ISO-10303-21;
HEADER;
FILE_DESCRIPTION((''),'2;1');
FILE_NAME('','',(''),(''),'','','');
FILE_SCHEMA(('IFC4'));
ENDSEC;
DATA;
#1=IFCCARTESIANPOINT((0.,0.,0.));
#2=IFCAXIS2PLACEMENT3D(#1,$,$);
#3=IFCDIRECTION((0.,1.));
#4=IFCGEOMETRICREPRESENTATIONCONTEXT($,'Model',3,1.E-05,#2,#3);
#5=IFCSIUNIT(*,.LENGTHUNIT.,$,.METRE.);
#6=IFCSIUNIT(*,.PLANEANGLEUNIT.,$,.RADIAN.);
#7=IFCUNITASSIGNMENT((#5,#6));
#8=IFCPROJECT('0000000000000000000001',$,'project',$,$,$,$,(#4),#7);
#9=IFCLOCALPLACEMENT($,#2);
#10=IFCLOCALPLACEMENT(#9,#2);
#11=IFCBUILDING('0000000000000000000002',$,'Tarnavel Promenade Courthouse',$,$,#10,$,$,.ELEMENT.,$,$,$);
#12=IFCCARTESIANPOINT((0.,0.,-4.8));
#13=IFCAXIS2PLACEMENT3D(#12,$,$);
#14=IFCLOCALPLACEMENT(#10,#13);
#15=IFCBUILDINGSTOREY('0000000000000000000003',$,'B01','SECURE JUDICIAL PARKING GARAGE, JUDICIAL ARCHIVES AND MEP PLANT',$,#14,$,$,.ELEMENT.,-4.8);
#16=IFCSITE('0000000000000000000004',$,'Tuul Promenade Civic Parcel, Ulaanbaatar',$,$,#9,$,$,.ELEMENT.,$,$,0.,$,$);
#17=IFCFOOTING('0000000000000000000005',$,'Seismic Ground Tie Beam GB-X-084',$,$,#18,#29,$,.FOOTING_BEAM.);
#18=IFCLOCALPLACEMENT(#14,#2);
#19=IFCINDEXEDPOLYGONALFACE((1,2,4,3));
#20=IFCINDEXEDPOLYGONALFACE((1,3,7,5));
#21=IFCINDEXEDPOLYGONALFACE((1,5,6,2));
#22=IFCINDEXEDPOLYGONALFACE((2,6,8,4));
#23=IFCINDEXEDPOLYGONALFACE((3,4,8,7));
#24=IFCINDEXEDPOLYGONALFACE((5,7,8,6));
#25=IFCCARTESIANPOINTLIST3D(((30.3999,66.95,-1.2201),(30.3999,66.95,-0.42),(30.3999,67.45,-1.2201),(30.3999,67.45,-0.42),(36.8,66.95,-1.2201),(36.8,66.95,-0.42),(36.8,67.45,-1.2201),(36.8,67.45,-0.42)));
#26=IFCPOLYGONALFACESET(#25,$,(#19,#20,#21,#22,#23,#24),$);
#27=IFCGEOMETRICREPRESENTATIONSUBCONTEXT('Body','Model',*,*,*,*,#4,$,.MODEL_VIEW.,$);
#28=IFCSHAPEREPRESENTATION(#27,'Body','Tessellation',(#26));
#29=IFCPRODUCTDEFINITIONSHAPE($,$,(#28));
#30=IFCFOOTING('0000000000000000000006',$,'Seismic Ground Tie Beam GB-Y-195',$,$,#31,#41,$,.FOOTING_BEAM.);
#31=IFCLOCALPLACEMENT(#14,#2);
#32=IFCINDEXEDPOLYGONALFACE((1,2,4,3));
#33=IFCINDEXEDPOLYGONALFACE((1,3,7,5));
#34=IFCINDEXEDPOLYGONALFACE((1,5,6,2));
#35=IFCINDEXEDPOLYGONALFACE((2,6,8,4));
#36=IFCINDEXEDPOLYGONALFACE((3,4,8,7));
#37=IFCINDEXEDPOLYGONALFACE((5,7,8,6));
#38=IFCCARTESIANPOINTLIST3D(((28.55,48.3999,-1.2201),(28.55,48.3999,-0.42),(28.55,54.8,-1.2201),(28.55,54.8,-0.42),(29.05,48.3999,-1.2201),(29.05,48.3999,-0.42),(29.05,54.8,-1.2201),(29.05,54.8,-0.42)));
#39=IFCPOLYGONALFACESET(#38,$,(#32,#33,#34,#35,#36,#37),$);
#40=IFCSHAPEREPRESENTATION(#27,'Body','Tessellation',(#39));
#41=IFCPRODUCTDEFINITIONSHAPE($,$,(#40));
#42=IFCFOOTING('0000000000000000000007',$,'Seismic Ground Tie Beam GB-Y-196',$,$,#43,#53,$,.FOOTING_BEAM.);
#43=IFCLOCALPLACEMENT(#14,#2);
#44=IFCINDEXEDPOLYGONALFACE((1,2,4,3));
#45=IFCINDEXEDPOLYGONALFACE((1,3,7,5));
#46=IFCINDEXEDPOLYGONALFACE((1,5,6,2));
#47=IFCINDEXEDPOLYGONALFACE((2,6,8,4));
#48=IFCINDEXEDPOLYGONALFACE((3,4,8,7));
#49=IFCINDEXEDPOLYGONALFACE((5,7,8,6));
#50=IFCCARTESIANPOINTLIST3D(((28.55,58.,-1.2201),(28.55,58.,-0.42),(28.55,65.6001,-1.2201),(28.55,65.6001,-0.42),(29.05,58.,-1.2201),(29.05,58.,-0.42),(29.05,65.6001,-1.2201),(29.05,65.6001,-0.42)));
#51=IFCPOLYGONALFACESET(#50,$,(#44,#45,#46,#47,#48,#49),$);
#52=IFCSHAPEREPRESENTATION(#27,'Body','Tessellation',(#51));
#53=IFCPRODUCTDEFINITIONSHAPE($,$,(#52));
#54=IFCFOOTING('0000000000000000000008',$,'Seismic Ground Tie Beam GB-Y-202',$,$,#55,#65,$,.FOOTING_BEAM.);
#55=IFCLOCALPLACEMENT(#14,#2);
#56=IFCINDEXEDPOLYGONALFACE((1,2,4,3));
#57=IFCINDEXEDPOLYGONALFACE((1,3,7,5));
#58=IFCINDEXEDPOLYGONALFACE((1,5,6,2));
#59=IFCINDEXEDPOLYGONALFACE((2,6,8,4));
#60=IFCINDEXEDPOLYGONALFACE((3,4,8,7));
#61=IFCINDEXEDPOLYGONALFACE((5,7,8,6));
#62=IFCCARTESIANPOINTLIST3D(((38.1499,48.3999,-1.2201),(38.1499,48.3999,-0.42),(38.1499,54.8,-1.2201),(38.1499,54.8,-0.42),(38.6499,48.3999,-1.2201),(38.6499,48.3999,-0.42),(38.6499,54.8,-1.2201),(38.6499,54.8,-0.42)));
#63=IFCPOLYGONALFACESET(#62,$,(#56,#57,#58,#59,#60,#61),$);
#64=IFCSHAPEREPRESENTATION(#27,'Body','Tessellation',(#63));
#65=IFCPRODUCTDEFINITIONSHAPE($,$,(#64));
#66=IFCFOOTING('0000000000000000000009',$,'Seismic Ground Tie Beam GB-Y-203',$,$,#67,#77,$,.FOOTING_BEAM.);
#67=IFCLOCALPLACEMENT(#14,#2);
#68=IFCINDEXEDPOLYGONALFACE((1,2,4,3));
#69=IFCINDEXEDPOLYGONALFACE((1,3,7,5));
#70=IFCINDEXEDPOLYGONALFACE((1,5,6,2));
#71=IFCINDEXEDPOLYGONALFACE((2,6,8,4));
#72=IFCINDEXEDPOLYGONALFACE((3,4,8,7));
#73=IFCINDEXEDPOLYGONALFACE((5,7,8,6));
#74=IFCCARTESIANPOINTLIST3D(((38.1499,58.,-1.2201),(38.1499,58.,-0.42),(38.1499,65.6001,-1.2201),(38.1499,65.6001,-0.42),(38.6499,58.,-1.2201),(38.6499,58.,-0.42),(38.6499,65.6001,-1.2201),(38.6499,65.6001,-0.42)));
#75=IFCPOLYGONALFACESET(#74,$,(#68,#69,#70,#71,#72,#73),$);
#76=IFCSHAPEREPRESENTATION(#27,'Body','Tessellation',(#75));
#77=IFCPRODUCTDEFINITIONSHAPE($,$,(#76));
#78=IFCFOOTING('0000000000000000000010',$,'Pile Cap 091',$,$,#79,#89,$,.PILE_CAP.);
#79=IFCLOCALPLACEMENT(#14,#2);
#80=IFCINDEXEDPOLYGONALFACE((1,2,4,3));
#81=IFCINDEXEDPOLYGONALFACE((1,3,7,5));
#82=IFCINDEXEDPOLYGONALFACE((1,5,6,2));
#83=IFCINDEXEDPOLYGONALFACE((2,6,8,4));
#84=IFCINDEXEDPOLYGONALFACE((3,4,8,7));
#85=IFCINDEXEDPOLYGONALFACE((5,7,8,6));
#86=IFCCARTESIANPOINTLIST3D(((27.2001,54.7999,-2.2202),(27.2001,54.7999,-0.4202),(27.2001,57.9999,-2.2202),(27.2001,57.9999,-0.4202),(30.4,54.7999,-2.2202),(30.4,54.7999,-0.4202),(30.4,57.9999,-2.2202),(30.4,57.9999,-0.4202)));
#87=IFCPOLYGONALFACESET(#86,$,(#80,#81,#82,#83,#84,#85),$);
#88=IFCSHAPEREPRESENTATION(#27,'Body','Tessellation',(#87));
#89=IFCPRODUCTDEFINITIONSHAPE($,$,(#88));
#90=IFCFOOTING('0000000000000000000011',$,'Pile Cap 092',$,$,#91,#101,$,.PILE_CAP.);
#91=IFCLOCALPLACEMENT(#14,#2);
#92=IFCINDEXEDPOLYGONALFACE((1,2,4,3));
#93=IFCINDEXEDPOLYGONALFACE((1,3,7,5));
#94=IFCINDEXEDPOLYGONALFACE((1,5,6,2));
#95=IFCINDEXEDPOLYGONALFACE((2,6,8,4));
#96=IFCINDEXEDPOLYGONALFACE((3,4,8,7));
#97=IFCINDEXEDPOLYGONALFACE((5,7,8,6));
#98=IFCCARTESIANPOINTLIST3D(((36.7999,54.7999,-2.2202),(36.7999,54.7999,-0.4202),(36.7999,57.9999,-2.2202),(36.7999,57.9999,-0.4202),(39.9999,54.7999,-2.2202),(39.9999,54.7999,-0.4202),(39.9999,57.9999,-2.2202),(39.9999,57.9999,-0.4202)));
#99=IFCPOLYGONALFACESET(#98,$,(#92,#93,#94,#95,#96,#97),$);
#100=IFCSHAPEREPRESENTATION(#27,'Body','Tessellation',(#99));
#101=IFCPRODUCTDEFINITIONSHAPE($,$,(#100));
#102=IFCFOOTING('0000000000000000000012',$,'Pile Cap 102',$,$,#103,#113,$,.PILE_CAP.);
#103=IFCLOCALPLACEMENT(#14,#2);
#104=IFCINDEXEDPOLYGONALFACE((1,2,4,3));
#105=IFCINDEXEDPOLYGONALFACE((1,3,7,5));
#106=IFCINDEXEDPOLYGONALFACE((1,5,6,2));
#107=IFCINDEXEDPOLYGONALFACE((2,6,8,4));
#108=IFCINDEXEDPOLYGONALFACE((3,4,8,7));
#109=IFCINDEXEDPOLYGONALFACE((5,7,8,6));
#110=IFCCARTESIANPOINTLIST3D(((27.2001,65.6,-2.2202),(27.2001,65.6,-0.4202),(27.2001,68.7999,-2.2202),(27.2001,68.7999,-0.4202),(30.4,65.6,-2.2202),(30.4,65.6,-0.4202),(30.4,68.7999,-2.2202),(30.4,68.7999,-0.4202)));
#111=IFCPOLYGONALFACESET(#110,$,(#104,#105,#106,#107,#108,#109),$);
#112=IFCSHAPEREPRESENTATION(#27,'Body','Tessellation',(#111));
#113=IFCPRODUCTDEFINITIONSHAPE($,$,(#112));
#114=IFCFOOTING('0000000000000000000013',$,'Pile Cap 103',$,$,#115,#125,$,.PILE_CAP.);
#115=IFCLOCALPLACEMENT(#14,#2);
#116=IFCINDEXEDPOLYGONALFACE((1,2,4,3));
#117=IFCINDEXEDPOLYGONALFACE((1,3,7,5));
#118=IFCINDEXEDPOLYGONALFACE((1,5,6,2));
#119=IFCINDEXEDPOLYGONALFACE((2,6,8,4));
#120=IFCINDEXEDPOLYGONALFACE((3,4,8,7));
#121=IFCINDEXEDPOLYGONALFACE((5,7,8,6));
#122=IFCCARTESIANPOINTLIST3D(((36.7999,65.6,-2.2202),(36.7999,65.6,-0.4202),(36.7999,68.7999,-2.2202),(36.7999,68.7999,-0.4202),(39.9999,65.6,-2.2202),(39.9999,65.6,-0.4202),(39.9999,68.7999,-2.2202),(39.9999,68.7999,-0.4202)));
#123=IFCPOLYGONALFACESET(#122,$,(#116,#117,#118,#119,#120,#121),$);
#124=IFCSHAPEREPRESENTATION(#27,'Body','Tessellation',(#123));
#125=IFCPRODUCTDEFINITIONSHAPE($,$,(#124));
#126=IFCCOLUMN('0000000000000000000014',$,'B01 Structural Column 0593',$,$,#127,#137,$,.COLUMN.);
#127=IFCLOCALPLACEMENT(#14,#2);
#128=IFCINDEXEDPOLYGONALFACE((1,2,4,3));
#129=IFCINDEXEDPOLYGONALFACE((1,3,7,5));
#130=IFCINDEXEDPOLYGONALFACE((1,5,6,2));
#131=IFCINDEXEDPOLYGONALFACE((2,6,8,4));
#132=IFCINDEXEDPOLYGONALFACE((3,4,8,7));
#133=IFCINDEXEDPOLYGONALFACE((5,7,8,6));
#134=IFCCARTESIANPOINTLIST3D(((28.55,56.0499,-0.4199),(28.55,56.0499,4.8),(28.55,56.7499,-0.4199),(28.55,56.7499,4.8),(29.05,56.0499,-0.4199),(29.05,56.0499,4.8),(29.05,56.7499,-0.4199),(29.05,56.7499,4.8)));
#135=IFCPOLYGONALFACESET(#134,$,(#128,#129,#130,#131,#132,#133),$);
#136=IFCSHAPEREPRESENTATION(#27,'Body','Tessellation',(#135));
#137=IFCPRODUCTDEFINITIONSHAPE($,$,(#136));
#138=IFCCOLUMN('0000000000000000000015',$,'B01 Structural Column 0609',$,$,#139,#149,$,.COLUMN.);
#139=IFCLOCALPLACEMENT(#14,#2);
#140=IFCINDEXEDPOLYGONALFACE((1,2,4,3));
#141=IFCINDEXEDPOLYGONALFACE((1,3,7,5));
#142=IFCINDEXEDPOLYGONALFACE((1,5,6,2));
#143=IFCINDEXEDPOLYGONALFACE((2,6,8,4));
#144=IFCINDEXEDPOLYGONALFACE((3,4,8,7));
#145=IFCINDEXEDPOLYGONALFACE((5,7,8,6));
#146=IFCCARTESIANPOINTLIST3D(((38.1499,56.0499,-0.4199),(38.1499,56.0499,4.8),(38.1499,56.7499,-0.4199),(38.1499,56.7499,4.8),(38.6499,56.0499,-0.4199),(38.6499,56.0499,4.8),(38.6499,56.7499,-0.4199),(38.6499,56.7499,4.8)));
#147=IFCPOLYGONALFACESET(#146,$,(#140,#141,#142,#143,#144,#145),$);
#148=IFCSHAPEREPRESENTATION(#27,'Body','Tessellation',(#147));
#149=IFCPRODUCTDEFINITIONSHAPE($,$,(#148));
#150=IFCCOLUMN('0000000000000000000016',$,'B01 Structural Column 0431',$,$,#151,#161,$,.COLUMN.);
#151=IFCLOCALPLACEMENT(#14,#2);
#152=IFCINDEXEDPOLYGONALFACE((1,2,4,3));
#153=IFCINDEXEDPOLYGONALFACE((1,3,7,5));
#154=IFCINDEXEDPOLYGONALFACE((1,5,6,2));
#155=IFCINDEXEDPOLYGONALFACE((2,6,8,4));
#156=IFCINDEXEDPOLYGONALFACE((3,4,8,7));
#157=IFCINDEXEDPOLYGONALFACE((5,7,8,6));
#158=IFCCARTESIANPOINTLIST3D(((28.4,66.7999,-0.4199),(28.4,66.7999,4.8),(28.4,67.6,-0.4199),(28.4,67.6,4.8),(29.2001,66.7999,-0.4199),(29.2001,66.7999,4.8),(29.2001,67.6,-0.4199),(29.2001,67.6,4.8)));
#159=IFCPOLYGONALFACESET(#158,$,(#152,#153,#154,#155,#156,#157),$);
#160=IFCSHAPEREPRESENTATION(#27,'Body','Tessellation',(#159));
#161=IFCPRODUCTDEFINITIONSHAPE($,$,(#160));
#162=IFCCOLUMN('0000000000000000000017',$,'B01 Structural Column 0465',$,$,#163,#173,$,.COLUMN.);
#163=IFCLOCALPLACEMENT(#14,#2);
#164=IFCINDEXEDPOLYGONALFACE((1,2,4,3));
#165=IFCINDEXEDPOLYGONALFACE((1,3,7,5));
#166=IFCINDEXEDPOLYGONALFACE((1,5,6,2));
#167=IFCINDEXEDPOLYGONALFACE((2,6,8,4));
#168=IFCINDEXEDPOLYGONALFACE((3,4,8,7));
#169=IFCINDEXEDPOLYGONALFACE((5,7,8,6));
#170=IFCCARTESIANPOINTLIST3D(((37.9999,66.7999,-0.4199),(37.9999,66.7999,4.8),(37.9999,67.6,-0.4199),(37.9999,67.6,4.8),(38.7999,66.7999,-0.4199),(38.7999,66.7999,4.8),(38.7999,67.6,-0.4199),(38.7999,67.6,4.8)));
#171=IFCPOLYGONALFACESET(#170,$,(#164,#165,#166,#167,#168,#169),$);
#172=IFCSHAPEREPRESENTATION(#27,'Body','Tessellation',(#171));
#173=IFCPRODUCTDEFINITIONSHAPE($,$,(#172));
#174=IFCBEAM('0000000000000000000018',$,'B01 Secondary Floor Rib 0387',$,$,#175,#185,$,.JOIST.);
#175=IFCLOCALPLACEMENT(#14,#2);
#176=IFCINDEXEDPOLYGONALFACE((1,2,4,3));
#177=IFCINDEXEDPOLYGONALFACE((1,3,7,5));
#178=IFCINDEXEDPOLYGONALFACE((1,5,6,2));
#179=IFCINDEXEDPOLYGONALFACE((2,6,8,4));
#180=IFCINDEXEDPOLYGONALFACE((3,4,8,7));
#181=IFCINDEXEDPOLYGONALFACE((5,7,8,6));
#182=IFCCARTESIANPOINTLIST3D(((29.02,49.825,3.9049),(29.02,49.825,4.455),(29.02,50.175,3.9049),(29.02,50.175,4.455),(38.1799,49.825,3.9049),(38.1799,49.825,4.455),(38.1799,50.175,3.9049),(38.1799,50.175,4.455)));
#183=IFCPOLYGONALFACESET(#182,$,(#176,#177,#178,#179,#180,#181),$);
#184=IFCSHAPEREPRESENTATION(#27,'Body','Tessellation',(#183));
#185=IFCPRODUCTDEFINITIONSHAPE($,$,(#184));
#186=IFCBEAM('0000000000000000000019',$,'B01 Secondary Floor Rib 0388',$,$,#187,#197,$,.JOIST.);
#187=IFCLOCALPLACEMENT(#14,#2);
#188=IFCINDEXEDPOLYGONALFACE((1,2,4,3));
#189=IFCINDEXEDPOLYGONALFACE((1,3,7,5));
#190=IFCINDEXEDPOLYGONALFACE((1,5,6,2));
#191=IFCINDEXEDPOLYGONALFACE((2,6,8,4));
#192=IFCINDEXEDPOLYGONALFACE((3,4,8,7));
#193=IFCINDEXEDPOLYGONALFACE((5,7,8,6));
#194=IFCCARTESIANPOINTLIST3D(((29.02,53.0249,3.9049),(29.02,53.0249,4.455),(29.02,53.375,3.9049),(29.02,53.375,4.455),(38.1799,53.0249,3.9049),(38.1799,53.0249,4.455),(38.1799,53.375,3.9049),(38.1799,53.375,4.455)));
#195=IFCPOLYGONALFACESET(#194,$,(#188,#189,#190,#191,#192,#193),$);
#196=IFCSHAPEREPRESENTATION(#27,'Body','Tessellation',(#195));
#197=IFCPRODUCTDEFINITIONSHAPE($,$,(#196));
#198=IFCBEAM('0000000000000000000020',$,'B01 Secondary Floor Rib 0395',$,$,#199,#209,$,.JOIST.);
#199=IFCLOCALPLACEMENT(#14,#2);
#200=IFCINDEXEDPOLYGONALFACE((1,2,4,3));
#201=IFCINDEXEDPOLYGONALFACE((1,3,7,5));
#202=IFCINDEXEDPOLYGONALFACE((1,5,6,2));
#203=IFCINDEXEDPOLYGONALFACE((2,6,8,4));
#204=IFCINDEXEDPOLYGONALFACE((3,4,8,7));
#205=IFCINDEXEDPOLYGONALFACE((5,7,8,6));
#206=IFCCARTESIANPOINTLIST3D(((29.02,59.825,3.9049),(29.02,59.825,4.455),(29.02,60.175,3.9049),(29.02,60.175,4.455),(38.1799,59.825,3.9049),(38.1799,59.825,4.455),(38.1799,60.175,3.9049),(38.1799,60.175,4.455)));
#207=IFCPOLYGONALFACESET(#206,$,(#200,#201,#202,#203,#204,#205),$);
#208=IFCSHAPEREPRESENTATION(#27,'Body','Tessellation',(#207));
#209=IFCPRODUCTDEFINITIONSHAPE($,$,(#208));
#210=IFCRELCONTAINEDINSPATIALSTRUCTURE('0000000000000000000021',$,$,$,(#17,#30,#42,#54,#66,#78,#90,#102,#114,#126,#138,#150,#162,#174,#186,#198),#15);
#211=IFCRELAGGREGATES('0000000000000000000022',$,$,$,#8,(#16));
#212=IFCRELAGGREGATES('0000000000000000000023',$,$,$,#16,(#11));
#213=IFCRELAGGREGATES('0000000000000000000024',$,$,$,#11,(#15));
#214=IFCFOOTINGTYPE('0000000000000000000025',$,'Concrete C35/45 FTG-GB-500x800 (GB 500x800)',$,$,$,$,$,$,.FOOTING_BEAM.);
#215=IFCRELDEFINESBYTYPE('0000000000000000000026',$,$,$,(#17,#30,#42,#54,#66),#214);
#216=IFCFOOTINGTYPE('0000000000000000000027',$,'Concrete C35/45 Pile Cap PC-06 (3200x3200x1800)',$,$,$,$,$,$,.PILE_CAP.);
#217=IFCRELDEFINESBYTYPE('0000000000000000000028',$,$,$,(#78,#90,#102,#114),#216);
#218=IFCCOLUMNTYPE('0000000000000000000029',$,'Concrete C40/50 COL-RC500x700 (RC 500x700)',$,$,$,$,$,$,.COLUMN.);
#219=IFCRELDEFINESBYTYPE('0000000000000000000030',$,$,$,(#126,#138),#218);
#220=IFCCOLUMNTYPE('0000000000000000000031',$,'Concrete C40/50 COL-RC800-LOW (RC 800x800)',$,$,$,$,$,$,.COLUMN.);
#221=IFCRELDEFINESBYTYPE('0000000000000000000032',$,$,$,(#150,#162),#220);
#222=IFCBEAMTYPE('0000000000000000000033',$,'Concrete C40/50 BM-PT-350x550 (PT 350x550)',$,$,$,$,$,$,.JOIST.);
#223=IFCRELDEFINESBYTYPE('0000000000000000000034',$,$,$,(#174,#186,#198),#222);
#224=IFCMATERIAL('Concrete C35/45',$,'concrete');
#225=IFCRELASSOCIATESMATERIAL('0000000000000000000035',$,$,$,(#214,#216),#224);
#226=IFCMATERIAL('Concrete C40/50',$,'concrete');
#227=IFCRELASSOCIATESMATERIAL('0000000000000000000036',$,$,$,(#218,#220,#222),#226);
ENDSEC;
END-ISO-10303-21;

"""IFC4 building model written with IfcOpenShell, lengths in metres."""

from ifc_helpers import new_model, si_unit, direction, frame, origin, origin_2d, place, context, subcontext, project, spatial, rectangle, extrude, material, material_profile, profile_set, type_object, element, save


model = new_model("IFC4")

# Units and contexts
model_context = context("Model", 3, precision=1e-05, world=origin(), true_north=direction((0.0, 1.0)))
body_context = subcontext(model_context, "Body", "Model", "MODEL_VIEW")
ifc_project = project(units=[si_unit("LENGTHUNIT", "METRE"), si_unit("PLANEANGLEUNIT", "RADIAN")], contexts=[model_context])

# Site, building, storey
site_placement = place(None, origin())
site = spatial("IfcSite", under=ifc_project, at=site_placement, Name="Tuul Promenade Civic Parcel, Ulaanbaatar", CompositionType="ELEMENT", RefElevation=0.0)
building_placement = place(site_placement, origin())
building = spatial("IfcBuilding", under=site, at=building_placement, Name="Tarnavel Promenade Courthouse", CompositionType="ELEMENT")
storey_placement = place(building_placement, frame((0.0, 0.0, -4.8)))
storey = spatial("IfcBuildingStorey", under=building, at=storey_placement, Name="B01", Description="SECURE JUDICIAL PARKING GARAGE, JUDICIAL ARCHIVES AND MEP PLANT", CompositionType="ELEMENT", Elevation=-4.8)

# Footings
ifc_material_1 = material(Name="Concrete C35/45", Category="concrete")
ifc_material_profile_1 = material_profile(ifc_material_1, rectangle(XDim=0.5, YDim=0.8, at=origin_2d()), Name="GB 500x800")
ifc_profile_set_1 = profile_set([ifc_material_profile_1], Name="Concrete C35/45")
footing_type_1 = type_object("IfcFootingType", Name="Concrete C35/45 FTG-GB-500x800 (GB 500x800)", PredefinedType="FOOTING_BEAM", material=ifc_profile_set_1)
for number, where, z_axis, x_axis, name in (
    (1, (30.3999, 67.2, -0.8201), (1.0, 0.0, 0.0), (0.0, 1.0, 0.0), "Seismic Ground Tie Beam GB-X-084"),
    (2, (28.8, 48.3999, -0.8201), (0.0, 1.0, 0.0), (-1.0, 0.0, 0.0), "Seismic Ground Tie Beam GB-Y-195"),
):
    element("IfcFooting", number, at=place(storey_placement, frame(where, z_axis=z_axis, x_axis=x_axis)), inside=storey, type_object=footing_type_1, Name=name, PredefinedType="FOOTING_BEAM", context=body_context, shape_type="SweptSolid", body=[
        extrude(rectangle(XDim=0.5, YDim=0.8, at=origin_2d()), origin(), (0.0, 0.0, 1.0), 6.4001),
    ])
footing_1_placement = place(storey_placement, frame((28.8, 58.0, -0.8201), z_axis=(0.0, 1.0, 0.0), x_axis=(-1.0, 0.0, 0.0)))
element("IfcFooting", 3, at=footing_1_placement, inside=storey, type_object=footing_type_1, Name="Seismic Ground Tie Beam GB-Y-196", PredefinedType="FOOTING_BEAM", context=body_context, shape_type="SweptSolid", body=[
    extrude(rectangle(XDim=0.5, YDim=0.8, at=origin_2d()), origin(), (0.0, 0.0, 1.0), 7.6001),
])
footing_2_placement = place(storey_placement, frame((38.3999, 48.3999, -0.8201), z_axis=(0.0, 1.0, 0.0), x_axis=(-1.0, 0.0, 0.0)))
element("IfcFooting", 4, at=footing_2_placement, inside=storey, type_object=footing_type_1, Name="Seismic Ground Tie Beam GB-Y-202", PredefinedType="FOOTING_BEAM", context=body_context, shape_type="SweptSolid", body=[
    extrude(rectangle(XDim=0.5, YDim=0.8, at=origin_2d()), origin(), (0.0, 0.0, 1.0), 6.4001),
])
footing_3_placement = place(storey_placement, frame((38.3999, 58.0, -0.8201), z_axis=(0.0, 1.0, 0.0), x_axis=(-1.0, 0.0, 0.0)))
element("IfcFooting", 5, at=footing_3_placement, inside=storey, type_object=footing_type_1, Name="Seismic Ground Tie Beam GB-Y-203", PredefinedType="FOOTING_BEAM", context=body_context, shape_type="SweptSolid", body=[
    extrude(rectangle(XDim=0.5, YDim=0.8, at=origin_2d()), origin(), (0.0, 0.0, 1.0), 7.6001),
])
footing_type_2 = type_object("IfcFootingType", Name="Concrete C35/45 Pile Cap PC-06 (3200x3200x1800)", PredefinedType="PILE_CAP", material=ifc_material_1)
for number, where, z_axis, x_axis, name in (
    (6, (28.8, 56.3999, -2.2202), (0.0, 0.0, 1.0), (1.0, 0.0, 0.0), "Pile Cap 091"),
    (7, (38.3999, 56.3999, -2.2202), (0.0, 0.0, 1.0), (1.0, 0.0, 0.0), "Pile Cap 092"),
    (8, (28.8, 67.2, -2.2202), (0.0, 0.0, 1.0), (1.0, 0.0, 0.0), "Pile Cap 102"),
    (9, (38.3999, 67.2, -2.2202), (0.0, 0.0, 1.0), (1.0, 0.0, 0.0), "Pile Cap 103"),
):
    element("IfcFooting", number, at=place(storey_placement, frame(where, z_axis=z_axis, x_axis=x_axis)), inside=storey, type_object=footing_type_2, Name=name, PredefinedType="PILE_CAP", context=body_context, shape_type="SweptSolid", body=[
        extrude(rectangle(XDim=3.2, YDim=3.2, at=origin_2d()), origin(), (0.0, 0.0, 1.0), 1.8),
    ])

# Columns
ifc_material_2 = material(Name="Concrete C40/50", Category="concrete")
ifc_material_profile_2 = material_profile(ifc_material_2, rectangle(XDim=0.5, YDim=0.7, at=origin_2d()), Name="RC 500x700")
ifc_profile_set_2 = profile_set([ifc_material_profile_2], Name="Concrete C40/50")
column_type_1 = type_object("IfcColumnType", Name="Concrete C40/50 COL-RC500x700 (RC 500x700)", PredefinedType="COLUMN", material=ifc_profile_set_2)
for number, where, z_axis, x_axis, name in (
    (10, (28.8, 56.3999, -0.4199), (0.0, 0.0, 1.0), (1.0, 0.0, 0.0), "B01 Structural Column 0593"),
    (11, (38.3999, 56.3999, -0.4199), (0.0, 0.0, 1.0), (1.0, 0.0, 0.0), "B01 Structural Column 0609"),
):
    element("IfcColumn", number, at=place(storey_placement, frame(where, z_axis=z_axis, x_axis=x_axis)), inside=storey, type_object=column_type_1, Name=name, PredefinedType="COLUMN", context=body_context, shape_type="SweptSolid", body=[
        extrude(rectangle(XDim=0.5, YDim=0.7, at=origin_2d()), origin(), (0.0, 0.0, 1.0), 5.22),
    ])
ifc_material_profile_3 = material_profile(ifc_material_2, rectangle(XDim=0.8, YDim=0.8, at=origin_2d()), Name="RC 800x800")
ifc_profile_set_3 = profile_set([ifc_material_profile_3], Name="Concrete C40/50")
column_type_2 = type_object("IfcColumnType", Name="Concrete C40/50 COL-RC800-LOW (RC 800x800)", PredefinedType="COLUMN", material=ifc_profile_set_3)
for number, where, z_axis, x_axis, name in (
    (12, (28.8, 67.2, -0.4199), (0.0, 0.0, 1.0), (1.0, 0.0, 0.0), "B01 Structural Column 0431"),
    (13, (38.3999, 67.2, -0.4199), (0.0, 0.0, 1.0), (1.0, 0.0, 0.0), "B01 Structural Column 0465"),
):
    element("IfcColumn", number, at=place(storey_placement, frame(where, z_axis=z_axis, x_axis=x_axis)), inside=storey, type_object=column_type_2, Name=name, PredefinedType="COLUMN", context=body_context, shape_type="SweptSolid", body=[
        extrude(rectangle(XDim=0.8, YDim=0.8, at=origin_2d()), origin(), (0.0, 0.0, 1.0), 5.22),
    ])

# Beams
ifc_material_profile_4 = material_profile(ifc_material_2, rectangle(XDim=0.3501, YDim=0.55, at=origin_2d()), Name="PT 350x550")
ifc_profile_set_4 = profile_set([ifc_material_profile_4], Name="Concrete C40/50")
beam_type_1 = type_object("IfcBeamType", Name="Concrete C40/50 BM-PT-350x550 (PT 350x550)", PredefinedType="JOIST", material=ifc_profile_set_4)
for number, where, z_axis, x_axis, name in (
    (14, (29.02, 50.0, 4.1799), (1.0, 0.0, 0.0), (0.0, 1.0, 0.0), "B01 Secondary Floor Rib 0387"),
    (15, (29.02, 53.2, 4.1799), (1.0, 0.0, 0.0), (0.0, 1.0, 0.0), "B01 Secondary Floor Rib 0388"),
    (16, (29.02, 60.0, 4.1799), (1.0, 0.0, 0.0), (0.0, 1.0, 0.0), "B01 Secondary Floor Rib 0395"),
):
    element("IfcBeam", number, at=place(storey_placement, frame(where, z_axis=z_axis, x_axis=x_axis)), inside=storey, type_object=beam_type_1, Name=name, PredefinedType="JOIST", context=body_context, shape_type="SweptSolid", body=[
        extrude(rectangle(XDim=0.3501, YDim=0.55, at=origin_2d()), origin(), (0.0, 0.0, 1.0), 9.1599),
    ])

save(model, "model.ifc")
